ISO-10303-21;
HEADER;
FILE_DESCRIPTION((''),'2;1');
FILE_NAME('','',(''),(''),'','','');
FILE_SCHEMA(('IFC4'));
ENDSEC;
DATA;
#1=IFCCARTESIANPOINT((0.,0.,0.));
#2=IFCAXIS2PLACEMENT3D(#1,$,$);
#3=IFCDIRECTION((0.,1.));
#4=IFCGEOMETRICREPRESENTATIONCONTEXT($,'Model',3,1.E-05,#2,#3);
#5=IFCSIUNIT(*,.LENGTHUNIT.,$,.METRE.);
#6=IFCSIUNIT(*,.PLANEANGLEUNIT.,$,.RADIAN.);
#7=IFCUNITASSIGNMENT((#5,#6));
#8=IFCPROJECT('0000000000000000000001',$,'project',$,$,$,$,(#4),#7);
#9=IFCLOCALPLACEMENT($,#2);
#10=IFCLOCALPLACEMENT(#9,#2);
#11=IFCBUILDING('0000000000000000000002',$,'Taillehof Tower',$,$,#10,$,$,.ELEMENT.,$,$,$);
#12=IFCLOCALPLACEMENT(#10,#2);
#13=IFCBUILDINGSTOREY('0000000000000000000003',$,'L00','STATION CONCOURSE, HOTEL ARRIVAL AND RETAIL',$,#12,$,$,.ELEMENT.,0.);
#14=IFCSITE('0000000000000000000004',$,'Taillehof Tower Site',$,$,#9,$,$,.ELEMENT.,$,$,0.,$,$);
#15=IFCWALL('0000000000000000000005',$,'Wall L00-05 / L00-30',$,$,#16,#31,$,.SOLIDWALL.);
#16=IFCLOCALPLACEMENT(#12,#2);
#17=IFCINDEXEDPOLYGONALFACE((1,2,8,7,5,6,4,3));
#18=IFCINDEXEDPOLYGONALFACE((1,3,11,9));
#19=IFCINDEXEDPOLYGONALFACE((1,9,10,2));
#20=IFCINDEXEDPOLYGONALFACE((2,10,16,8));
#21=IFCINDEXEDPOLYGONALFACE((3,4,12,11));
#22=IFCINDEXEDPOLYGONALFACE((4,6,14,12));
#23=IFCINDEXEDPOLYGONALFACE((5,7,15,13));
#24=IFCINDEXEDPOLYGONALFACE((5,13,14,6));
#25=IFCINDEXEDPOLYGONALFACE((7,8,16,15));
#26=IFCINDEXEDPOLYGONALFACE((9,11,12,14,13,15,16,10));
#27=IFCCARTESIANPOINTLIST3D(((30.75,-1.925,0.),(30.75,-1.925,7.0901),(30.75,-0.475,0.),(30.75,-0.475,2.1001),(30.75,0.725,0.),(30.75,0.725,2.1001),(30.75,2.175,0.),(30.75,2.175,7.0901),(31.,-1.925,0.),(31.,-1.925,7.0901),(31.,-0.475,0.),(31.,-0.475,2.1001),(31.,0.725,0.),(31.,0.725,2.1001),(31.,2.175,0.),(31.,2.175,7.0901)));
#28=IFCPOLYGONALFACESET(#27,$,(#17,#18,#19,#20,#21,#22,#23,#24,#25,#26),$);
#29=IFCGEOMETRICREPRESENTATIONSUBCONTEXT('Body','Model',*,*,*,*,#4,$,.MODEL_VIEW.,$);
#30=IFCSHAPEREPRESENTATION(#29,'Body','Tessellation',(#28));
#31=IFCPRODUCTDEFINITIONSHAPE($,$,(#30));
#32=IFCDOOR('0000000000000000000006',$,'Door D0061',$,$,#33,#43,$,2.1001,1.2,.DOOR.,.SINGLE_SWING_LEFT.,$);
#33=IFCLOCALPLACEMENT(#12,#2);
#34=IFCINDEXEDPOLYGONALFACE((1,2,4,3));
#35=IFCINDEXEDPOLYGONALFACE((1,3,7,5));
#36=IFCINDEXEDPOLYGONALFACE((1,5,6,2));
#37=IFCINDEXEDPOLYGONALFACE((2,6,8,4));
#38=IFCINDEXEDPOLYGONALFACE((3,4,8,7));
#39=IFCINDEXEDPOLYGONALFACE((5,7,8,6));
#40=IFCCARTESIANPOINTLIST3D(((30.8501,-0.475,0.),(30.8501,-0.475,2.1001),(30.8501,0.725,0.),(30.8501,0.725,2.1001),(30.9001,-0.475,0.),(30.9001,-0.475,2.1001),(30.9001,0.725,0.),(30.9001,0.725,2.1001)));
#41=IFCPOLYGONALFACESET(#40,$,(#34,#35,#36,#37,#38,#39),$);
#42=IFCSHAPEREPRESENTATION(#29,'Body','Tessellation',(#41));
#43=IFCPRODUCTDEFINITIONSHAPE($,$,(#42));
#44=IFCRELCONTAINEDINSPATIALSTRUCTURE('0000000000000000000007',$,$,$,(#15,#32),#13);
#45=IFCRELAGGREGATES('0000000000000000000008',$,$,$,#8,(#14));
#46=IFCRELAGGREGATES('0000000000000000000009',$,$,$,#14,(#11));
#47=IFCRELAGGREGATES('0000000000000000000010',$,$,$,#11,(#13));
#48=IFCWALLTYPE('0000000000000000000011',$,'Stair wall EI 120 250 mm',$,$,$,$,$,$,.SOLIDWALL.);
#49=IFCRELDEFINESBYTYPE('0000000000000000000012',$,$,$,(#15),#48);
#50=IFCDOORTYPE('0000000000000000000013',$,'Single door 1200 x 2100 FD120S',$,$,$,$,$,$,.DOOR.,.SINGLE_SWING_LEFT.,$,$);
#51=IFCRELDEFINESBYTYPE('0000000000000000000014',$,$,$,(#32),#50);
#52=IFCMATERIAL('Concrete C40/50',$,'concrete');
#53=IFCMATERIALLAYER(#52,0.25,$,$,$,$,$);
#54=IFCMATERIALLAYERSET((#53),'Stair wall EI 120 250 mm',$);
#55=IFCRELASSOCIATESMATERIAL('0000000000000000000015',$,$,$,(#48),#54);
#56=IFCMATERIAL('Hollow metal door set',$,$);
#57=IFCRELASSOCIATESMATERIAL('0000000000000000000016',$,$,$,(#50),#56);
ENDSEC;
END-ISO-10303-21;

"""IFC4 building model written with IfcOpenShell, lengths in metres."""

from ifc_helpers import new_model, si_unit, direction, frame, frame_2d, origin, place, context, subcontext, project, spatial, rectangle, extrude, material, layer, layer_set, type_object, element, fill, save


model = new_model("IFC4")

# Units and contexts
model_context = context("Model", 3, precision=1e-05, world=origin(), true_north=direction((0.0, 1.0)))
body_context = subcontext(model_context, "Body", "Model", "MODEL_VIEW")
ifc_project = project(units=[si_unit("LENGTHUNIT", "METRE"), si_unit("PLANEANGLEUNIT", "RADIAN")], contexts=[model_context])

# Site, building, storey
site_placement = place(None, origin())
site = spatial("IfcSite", under=ifc_project, at=site_placement, Name="Taillehof Tower Site", CompositionType="ELEMENT", RefElevation=0.0)
building_placement = place(site_placement, origin())
building = spatial("IfcBuilding", under=site, at=building_placement, Name="Taillehof Tower", CompositionType="ELEMENT")
storey_placement = place(building_placement, origin())
storey = spatial("IfcBuildingStorey", under=building, at=storey_placement, Name="L00", Description="STATION CONCOURSE, HOTEL ARRIVAL AND RETAIL", CompositionType="ELEMENT", Elevation=0.0)

# Shared definitions
ifc_material_1 = material(Name="Concrete C40/50", Category="concrete")
ifc_layer_1 = layer(ifc_material_1, 0.25)
ifc_layer_set_1 = layer_set([ifc_layer_1], Name="Stair wall EI 120 250 mm")
wall_type_1 = type_object("IfcWallType", Name="Stair wall EI 120 250 mm", PredefinedType="SOLIDWALL", material=ifc_layer_set_1)

# Wall, opening, door
wall_1_placement = place(storey_placement, frame((30.875, -1.925, 0.0), z_axis=(0.0, 0.0, 1.0), x_axis=(0.0, 1.0, 0.0)))
wall_1 = element("IfcWall", 1, at=wall_1_placement, inside=storey, type_object=wall_type_1, Name="Wall L00-05 / L00-30", PredefinedType="SOLIDWALL", context=body_context, shape_type="SweptSolid", body=[
    extrude(rectangle(XDim=4.1001, YDim=0.25, at=frame_2d((2.05, 0.0))), origin(), (0.0, 0.0, 1.0), 7.0901),
])
opening_1_placement = place(wall_1_placement, frame((1.45, 0.0, 0.0)))
opening_1 = element("IfcOpeningElement", 2, at=opening_1_placement, cuts=wall_1, PredefinedType="OPENING", context=body_context, shape_type="SweptSolid", body=[
    extrude(rectangle(XDim=1.2, YDim=2.1001, at=frame_2d((0.6001, 1.05))), frame((0.0, 0.135, 0.0), z_axis=(0.0, -1.0, 0.0), x_axis=(1.0, 0.0, 0.0)), (0.0, 0.0, 1.0), 0.27),
])
ifc_material_2 = material(Name="Hollow metal door set")
door_type_1 = type_object("IfcDoorType", Name="Single door 1200 x 2100 FD120S", OperationType="SINGLE_SWING_LEFT", PredefinedType="DOOR", material=ifc_material_2)
door_1_placement = place(opening_1_placement, origin())
door_1 = element("IfcDoor", 3, at=door_1_placement, inside=storey, type_object=door_type_1, Name="Door D0061", OperationType="SINGLE_SWING_LEFT", OverallHeight=2.1001, OverallWidth=1.2, PredefinedType="DOOR", context=body_context, shape_type="SweptSolid", body=[
    extrude(rectangle(XDim=1.2, YDim=2.1001, at=frame_2d((0.6001, 1.05))), frame((0.0, 0.0249, 0.0), z_axis=(0.0, -1.0, 0.0), x_axis=(1.0, 0.0, 0.0)), (0.0, 0.0, 1.0), 0.05),
])
fill(opening_1, door_1)

save(model, "model.ifc")
